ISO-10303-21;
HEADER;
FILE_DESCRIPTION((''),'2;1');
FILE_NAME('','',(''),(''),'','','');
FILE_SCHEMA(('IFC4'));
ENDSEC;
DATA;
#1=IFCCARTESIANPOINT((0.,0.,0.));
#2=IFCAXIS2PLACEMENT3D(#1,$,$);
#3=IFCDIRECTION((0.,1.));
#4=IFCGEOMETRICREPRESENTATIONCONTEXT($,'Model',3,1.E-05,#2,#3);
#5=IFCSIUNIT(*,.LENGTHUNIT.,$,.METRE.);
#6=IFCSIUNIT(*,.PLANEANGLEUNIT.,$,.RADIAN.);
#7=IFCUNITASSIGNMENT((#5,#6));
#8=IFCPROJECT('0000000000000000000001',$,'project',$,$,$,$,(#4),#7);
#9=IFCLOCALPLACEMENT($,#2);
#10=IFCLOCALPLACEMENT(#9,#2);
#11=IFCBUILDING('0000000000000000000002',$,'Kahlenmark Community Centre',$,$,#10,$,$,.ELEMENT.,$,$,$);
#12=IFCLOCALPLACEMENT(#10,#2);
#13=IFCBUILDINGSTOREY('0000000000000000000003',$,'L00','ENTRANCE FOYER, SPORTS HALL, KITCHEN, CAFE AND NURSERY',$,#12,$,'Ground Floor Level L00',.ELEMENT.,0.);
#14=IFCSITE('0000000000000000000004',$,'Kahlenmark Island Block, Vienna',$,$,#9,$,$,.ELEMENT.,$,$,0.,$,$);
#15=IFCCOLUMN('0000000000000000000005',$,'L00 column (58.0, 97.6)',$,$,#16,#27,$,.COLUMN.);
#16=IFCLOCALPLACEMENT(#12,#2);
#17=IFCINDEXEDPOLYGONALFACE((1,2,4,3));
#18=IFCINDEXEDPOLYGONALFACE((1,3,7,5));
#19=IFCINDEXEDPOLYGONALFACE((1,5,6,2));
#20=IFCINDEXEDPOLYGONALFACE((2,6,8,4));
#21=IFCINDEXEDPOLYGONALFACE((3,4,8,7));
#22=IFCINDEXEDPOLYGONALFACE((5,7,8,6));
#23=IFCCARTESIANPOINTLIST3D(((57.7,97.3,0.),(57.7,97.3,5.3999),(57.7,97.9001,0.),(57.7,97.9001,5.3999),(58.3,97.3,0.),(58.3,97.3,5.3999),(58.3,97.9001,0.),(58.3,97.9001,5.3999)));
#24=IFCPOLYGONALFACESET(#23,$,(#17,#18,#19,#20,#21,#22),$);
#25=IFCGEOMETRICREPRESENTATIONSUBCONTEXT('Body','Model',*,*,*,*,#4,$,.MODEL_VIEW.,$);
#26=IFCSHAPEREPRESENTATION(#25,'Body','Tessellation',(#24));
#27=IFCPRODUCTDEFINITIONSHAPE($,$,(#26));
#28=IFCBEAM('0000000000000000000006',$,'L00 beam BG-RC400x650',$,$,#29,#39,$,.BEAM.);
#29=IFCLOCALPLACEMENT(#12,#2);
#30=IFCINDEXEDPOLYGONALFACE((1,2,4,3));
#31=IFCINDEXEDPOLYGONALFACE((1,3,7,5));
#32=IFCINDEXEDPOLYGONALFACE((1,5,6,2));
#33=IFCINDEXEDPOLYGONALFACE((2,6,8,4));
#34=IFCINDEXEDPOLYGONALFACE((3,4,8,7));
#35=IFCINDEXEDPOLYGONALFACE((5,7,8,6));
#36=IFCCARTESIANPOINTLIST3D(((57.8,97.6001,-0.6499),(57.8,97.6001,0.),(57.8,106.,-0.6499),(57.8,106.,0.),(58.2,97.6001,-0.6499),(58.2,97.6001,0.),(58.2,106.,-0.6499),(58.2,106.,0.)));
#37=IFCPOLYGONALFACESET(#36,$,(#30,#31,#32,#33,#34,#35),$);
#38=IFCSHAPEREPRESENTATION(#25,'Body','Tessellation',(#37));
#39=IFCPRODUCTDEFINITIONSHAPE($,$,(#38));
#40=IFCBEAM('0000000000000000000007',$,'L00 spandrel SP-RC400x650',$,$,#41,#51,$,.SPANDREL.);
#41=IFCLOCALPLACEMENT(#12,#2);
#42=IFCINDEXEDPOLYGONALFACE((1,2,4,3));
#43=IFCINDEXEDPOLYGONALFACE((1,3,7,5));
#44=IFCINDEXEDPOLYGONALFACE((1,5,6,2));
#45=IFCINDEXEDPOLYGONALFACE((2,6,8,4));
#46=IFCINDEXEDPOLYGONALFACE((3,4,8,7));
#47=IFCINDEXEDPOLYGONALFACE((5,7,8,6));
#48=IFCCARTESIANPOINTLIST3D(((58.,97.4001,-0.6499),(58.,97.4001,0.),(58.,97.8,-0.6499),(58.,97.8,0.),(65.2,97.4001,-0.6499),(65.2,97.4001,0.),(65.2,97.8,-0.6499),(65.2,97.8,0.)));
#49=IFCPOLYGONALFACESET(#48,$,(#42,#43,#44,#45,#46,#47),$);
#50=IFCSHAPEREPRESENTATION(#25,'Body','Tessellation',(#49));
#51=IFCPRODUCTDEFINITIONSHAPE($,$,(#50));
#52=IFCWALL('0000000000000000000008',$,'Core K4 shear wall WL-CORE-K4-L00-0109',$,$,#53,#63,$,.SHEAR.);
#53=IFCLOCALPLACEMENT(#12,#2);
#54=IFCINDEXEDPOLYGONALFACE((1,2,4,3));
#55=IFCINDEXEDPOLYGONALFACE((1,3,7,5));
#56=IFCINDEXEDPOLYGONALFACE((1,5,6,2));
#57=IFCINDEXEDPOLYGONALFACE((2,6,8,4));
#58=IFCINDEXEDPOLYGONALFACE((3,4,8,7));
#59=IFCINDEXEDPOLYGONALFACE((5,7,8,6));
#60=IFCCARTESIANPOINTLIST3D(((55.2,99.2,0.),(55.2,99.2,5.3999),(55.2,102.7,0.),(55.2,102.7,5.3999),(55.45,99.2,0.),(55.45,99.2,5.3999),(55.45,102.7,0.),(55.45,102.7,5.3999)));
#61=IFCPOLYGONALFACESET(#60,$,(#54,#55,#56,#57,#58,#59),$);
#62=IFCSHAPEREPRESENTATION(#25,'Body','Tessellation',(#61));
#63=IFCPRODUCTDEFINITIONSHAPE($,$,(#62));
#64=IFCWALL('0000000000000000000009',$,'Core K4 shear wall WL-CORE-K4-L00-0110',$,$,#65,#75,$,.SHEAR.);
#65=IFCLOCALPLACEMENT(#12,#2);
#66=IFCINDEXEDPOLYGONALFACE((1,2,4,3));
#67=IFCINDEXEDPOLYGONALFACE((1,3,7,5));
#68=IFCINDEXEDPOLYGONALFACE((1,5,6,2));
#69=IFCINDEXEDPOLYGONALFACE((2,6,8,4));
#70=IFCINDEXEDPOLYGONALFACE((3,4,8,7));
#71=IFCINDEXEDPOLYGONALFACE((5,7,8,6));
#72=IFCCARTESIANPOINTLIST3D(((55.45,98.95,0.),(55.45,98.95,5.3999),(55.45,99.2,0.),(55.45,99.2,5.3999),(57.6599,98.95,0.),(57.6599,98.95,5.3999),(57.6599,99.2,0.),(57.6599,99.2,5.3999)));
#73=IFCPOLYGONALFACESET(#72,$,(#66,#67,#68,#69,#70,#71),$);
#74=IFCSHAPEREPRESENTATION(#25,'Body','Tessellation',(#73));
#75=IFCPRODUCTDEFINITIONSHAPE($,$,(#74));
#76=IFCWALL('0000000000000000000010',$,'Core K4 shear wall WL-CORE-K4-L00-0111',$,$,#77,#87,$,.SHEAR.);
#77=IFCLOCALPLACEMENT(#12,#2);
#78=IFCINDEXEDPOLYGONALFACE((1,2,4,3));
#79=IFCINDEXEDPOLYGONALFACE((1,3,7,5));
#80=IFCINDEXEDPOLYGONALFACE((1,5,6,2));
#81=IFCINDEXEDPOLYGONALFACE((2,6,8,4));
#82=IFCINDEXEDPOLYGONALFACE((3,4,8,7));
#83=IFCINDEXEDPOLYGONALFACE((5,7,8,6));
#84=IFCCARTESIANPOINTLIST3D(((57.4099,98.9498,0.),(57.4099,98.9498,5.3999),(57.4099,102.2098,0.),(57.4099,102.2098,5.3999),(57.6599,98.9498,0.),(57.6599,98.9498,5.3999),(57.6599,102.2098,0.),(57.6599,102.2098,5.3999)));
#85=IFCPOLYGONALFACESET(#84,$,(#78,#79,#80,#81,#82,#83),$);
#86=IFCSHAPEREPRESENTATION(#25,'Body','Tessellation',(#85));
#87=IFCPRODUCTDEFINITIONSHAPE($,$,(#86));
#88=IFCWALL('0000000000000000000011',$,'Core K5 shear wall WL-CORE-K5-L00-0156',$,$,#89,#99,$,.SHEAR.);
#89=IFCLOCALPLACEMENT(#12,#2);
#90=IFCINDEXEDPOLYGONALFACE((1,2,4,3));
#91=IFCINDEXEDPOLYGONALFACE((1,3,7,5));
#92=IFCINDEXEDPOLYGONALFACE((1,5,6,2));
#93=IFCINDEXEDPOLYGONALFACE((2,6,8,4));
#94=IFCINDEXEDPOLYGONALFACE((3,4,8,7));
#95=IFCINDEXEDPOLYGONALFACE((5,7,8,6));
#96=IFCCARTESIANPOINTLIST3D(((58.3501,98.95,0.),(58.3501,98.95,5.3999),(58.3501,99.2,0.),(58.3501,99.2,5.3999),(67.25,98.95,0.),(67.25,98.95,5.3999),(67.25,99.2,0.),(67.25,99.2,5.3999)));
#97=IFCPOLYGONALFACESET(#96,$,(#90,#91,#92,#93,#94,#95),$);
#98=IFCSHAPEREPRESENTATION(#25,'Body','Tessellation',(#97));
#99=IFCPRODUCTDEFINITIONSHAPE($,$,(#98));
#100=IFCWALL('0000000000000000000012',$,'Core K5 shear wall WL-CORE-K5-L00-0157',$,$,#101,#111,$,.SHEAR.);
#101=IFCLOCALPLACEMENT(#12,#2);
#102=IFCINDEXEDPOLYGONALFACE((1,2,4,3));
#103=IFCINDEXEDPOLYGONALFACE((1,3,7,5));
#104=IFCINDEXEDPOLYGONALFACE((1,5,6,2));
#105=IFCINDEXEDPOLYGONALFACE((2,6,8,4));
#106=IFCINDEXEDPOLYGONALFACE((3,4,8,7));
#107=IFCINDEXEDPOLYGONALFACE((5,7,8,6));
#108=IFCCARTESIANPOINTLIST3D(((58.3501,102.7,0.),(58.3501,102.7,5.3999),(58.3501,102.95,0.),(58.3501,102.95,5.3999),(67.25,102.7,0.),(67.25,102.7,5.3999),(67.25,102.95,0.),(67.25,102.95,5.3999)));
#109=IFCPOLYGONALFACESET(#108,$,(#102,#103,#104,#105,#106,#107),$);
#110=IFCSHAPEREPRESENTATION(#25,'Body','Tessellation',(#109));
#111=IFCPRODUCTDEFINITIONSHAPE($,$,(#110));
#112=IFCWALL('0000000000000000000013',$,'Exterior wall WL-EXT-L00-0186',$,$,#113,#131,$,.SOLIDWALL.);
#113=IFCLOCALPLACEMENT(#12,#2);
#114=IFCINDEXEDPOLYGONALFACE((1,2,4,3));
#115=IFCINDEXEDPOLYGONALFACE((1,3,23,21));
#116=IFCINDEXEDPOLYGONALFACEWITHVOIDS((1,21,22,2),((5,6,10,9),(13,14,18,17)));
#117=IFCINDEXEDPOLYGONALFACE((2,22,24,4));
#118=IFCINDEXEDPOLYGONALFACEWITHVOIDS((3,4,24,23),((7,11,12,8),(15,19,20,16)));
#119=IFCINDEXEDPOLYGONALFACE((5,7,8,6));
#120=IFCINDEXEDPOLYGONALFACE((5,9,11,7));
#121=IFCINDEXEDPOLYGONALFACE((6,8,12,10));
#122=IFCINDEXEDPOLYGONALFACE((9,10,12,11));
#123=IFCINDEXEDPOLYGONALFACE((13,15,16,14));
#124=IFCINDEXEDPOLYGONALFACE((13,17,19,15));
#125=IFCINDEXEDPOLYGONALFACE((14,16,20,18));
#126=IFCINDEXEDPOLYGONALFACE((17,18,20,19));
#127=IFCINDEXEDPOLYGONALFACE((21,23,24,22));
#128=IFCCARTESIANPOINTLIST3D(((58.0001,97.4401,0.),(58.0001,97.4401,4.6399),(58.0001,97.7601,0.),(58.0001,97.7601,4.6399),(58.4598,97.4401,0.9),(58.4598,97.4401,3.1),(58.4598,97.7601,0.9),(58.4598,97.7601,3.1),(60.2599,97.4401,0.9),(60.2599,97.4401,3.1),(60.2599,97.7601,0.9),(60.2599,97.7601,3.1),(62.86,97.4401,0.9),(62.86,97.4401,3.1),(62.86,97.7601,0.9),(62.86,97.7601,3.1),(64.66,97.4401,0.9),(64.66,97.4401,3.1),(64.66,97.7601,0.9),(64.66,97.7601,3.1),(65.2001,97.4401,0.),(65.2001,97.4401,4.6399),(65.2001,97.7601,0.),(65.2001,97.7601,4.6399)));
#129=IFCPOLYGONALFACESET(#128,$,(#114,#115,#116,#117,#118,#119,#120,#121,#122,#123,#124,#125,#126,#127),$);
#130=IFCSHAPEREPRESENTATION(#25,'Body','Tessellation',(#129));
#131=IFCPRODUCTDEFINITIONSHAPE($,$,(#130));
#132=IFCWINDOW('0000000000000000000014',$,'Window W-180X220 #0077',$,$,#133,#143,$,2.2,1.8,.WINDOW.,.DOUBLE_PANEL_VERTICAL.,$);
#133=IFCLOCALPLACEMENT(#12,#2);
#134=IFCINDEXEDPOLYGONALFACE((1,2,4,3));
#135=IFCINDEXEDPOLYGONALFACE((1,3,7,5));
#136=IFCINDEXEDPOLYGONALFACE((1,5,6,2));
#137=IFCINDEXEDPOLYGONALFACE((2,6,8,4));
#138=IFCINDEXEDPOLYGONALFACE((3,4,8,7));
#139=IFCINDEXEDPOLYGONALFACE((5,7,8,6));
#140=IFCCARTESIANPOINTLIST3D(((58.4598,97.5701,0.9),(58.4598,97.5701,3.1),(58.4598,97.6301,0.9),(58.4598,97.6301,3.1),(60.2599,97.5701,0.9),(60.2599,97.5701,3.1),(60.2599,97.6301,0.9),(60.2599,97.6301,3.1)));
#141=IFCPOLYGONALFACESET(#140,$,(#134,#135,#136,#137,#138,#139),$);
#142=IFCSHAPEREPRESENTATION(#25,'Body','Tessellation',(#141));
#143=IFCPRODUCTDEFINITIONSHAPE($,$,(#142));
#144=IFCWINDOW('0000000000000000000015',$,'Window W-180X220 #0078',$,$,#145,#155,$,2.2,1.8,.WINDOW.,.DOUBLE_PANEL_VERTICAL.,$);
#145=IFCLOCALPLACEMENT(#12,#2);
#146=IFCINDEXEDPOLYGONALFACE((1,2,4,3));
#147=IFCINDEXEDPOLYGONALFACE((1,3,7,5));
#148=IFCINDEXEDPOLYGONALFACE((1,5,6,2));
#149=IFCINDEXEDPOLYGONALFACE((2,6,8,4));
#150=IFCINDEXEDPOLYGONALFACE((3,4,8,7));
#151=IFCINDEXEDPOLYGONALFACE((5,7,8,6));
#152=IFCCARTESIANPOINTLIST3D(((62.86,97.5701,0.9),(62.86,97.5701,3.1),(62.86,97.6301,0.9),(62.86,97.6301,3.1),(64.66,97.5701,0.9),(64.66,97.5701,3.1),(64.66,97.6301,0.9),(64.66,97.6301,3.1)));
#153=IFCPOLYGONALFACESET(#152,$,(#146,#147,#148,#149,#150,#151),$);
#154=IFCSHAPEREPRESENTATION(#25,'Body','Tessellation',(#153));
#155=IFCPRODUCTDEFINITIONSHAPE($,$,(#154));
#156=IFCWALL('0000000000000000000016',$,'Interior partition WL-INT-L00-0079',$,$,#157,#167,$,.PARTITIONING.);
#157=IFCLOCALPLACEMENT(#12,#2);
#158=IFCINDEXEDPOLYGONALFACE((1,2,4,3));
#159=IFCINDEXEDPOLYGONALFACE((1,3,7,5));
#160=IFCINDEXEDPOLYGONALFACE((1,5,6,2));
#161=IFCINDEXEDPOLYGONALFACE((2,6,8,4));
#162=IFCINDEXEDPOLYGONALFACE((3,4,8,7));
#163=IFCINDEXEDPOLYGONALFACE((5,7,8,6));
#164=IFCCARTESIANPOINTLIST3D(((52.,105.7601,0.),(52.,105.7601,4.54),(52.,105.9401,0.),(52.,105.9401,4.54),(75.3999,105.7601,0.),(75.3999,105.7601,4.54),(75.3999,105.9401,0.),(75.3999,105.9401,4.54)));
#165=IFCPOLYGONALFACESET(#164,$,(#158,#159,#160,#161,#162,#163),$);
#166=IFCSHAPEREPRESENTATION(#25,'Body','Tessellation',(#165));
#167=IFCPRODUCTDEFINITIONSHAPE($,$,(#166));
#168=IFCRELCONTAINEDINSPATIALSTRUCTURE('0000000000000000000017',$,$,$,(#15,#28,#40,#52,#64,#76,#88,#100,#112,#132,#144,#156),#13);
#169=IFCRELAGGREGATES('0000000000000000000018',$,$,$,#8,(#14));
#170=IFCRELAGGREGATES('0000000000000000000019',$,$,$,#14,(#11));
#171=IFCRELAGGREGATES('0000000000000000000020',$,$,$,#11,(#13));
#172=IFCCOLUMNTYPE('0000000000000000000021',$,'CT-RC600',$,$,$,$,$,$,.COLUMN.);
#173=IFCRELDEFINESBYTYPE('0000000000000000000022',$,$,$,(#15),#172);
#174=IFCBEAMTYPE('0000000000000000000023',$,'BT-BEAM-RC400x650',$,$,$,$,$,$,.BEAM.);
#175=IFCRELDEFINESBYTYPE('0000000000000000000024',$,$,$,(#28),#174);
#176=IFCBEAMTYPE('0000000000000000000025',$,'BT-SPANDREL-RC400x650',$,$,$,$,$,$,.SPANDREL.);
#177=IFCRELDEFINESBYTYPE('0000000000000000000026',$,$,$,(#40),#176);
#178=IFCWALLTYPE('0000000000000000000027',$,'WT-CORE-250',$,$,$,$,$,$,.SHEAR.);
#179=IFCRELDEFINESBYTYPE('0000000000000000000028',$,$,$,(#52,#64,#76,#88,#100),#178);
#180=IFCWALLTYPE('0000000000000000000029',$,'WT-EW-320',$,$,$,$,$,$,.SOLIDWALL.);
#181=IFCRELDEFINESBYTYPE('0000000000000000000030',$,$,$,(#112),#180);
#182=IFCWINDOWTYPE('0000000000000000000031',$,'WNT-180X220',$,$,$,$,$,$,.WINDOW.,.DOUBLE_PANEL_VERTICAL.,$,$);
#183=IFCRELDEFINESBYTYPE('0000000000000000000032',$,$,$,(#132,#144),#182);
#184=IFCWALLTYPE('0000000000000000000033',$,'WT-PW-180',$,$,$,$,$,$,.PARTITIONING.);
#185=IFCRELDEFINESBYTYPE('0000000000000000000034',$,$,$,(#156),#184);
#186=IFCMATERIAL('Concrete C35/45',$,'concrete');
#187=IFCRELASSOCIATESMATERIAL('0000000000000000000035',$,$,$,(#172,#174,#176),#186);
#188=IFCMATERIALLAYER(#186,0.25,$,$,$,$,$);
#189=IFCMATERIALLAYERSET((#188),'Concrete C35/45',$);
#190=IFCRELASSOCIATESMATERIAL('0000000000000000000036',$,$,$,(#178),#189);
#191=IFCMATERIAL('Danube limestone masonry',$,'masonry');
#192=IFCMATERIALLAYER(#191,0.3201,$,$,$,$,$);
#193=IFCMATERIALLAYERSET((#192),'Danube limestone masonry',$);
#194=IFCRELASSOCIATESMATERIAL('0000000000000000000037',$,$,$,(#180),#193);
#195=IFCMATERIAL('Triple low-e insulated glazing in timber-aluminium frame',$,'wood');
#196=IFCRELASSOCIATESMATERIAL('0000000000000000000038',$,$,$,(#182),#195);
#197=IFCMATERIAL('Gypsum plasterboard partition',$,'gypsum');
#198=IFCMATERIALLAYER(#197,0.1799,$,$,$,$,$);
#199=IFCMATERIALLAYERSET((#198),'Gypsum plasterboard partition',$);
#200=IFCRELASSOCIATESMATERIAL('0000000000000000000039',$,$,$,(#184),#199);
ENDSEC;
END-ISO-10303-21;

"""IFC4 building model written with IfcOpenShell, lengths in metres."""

from ifc_helpers import new_model, si_unit, direction, frame, frame_2d, origin, origin_2d, place, context, subcontext, project, spatial, rectangle, extrude, material, layer, layer_set, material_profile, profile_set, type_object, element, fill, save


model = new_model("IFC4")

# Units and contexts
model_context = context("Model", 3, precision=1e-05, world=origin(), true_north=direction((0.0, 1.0)))
body_context = subcontext(model_context, "Body", "Model", "MODEL_VIEW")
ifc_project = project(units=[si_unit("LENGTHUNIT", "METRE"), si_unit("PLANEANGLEUNIT", "RADIAN")], contexts=[model_context])

# Site, building, storey
site_placement = place(None, origin())
site = spatial("IfcSite", under=ifc_project, at=site_placement, Name="Kahlenmark Island Block, Vienna", CompositionType="ELEMENT", RefElevation=0.0)
building_placement = place(site_placement, origin())
building = spatial("IfcBuilding", under=site, at=building_placement, Name="Kahlenmark Community Centre", CompositionType="ELEMENT")
storey_placement = place(building_placement, origin())
storey = spatial("IfcBuildingStorey", under=building, at=storey_placement, Name="L00", Description="ENTRANCE FOYER, SPORTS HALL, KITCHEN, CAFE AND NURSERY", LongName="Ground Floor Level L00", CompositionType="ELEMENT", Elevation=0.0)

# Column
ifc_material_1 = material(Name="Concrete C35/45", Category="concrete")
ifc_material_profile_1 = material_profile(ifc_material_1, rectangle(XDim=0.6001, YDim=0.6001, at=origin_2d()), Name="RC 600x600")
ifc_profile_set_1 = profile_set([ifc_material_profile_1], Name="Concrete C35/45")
column_type = type_object("IfcColumnType", Name="CT-RC600", PredefinedType="COLUMN", material=ifc_profile_set_1)
column_placement = place(storey_placement, frame((58.0, 97.6001, 0.0), z_axis=(0.0, 0.0, 1.0), x_axis=(1.0, 0.0, 0.0)))
element("IfcColumn", 1, at=column_placement, inside=storey, type_object=column_type, Name="L00 column (58.0, 97.6)", PredefinedType="COLUMN", context=body_context, shape_type="SweptSolid", body=[
    extrude(rectangle(XDim=0.6001, YDim=0.6001, at=origin_2d()), origin(), (0.0, 0.0, 1.0), 5.3999),
])

# Beams
ifc_material_profile_2 = material_profile(ifc_material_1, rectangle(XDim=0.3999, YDim=0.6499, at=origin_2d()), Name="RC 400x650")
ifc_profile_set_2 = profile_set([ifc_material_profile_2], Name="Concrete C35/45")
beam_type_1 = type_object("IfcBeamType", Name="BT-BEAM-RC400x650", PredefinedType="BEAM", material=ifc_profile_set_2)
beam_1_placement = place(storey_placement, frame((58.0, 97.6001, -0.325), z_axis=(0.0, 1.0, 0.0), x_axis=(-1.0, 0.0, 0.0)))
element("IfcBeam", 2, at=beam_1_placement, inside=storey, type_object=beam_type_1, Name="L00 beam BG-RC400x650", PredefinedType="BEAM", context=body_context, shape_type="SweptSolid", body=[
    extrude(rectangle(XDim=0.3999, YDim=0.6499, at=origin_2d()), origin(), (0.0, 0.0, 1.0), 8.3999),
])
ifc_material_profile_3 = material_profile(ifc_material_1, rectangle(XDim=0.3999, YDim=0.6499, at=origin_2d()), Name="RC 400x650")
ifc_profile_set_3 = profile_set([ifc_material_profile_3], Name="Concrete C35/45")
beam_type_2 = type_object("IfcBeamType", Name="BT-SPANDREL-RC400x650", PredefinedType="SPANDREL", material=ifc_profile_set_3)
beam_2_placement = place(storey_placement, frame((58.0, 97.6001, -0.325), z_axis=(1.0, 0.0, 0.0), x_axis=(0.0, 1.0, 0.0)))
element("IfcBeam", 3, at=beam_2_placement, inside=storey, type_object=beam_type_2, Name="L00 spandrel SP-RC400x650", PredefinedType="SPANDREL", context=body_context, shape_type="SweptSolid", body=[
    extrude(rectangle(XDim=0.3999, YDim=0.6499, at=origin_2d()), origin(), (0.0, 0.0, 1.0), 7.2),
])

# Walls
ifc_layer_1 = layer(ifc_material_1, 0.25)
ifc_layer_set_1 = layer_set([ifc_layer_1], Name="Concrete C35/45")
wall_type_1 = type_object("IfcWallType", Name="WT-CORE-250", PredefinedType="SHEAR", material=ifc_layer_set_1)
wall_1_placement = place(storey_placement, frame((55.325, 99.2, 0.0), z_axis=(0.0, 0.0, 1.0), x_axis=(0.0, 1.0, 0.0)))
element("IfcWall", 4, at=wall_1_placement, inside=storey, type_object=wall_type_1, Name="Core K4 shear wall WL-CORE-K4-L00-0109", PredefinedType="SHEAR", context=body_context, shape_type="SweptSolid", body=[
    extrude(rectangle(XDim=3.5, YDim=0.25, at=frame_2d((1.75, 0.0))), origin(), (0.0, 0.0, 1.0), 5.3999),
])
wall_2_placement = place(storey_placement, frame((55.45, 99.075, 0.0), z_axis=(0.0, 0.0, 1.0), x_axis=(1.0, 0.0, 0.0)))
element("IfcWall", 5, at=wall_2_placement, inside=storey, type_object=wall_type_1, Name="Core K4 shear wall WL-CORE-K4-L00-0110", PredefinedType="SHEAR", context=body_context, shape_type="SweptSolid", body=[
    extrude(rectangle(XDim=2.21, YDim=0.25, at=frame_2d((1.105, 0.0))), origin(), (0.0, 0.0, 1.0), 5.3999),
])
wall_3_placement = place(storey_placement, frame((57.5349, 98.95, 0.0), z_axis=(0.0, 0.0, 1.0), x_axis=(0.0, 1.0, 0.0)))
element("IfcWall", 6, at=wall_3_placement, inside=storey, type_object=wall_type_1, Name="Core K4 shear wall WL-CORE-K4-L00-0111", PredefinedType="SHEAR", context=body_context, shape_type="SweptSolid", body=[
    extrude(rectangle(XDim=3.26, YDim=0.25, at=frame_2d((1.6299, 0.0))), origin(), (0.0, 0.0, 1.0), 5.3999),
])

# Walls
for number, where, z_axis, x_axis, name in (
    (7, (58.3501, 99.075, 0.0), (0.0, 0.0, 1.0), (1.0, 0.0, 0.0), "Core K5 shear wall WL-CORE-K5-L00-0156"),
    (8, (58.3501, 102.825, 0.0), (0.0, 0.0, 1.0), (1.0, 0.0, 0.0), "Core K5 shear wall WL-CORE-K5-L00-0157"),
):
    element("IfcWall", number, at=place(storey_placement, frame(where, z_axis=z_axis, x_axis=x_axis)), inside=storey, type_object=wall_type_1, Name=name, PredefinedType="SHEAR", context=body_context, shape_type="SweptSolid", body=[
        extrude(rectangle(XDim=8.8999, YDim=0.25, at=frame_2d((4.45, 0.0))), origin(), (0.0, 0.0, 1.0), 5.3999),
    ])

# Wall, openings, windows
ifc_material_2 = material(Name="Danube limestone masonry", Category="masonry")
ifc_layer_2 = layer(ifc_material_2, 0.3201)
ifc_layer_set_2 = layer_set([ifc_layer_2], Name="Danube limestone masonry")
wall_type_2 = type_object("IfcWallType", Name="WT-EW-320", PredefinedType="SOLIDWALL", material=ifc_layer_set_2)
wall_4_placement = place(storey_placement, frame((58.0, 97.6001, 0.0), z_axis=(0.0, 0.0, 1.0), x_axis=(1.0, 0.0, 0.0)))
wall_4 = element("IfcWall", 9, at=wall_4_placement, inside=storey, type_object=wall_type_2, Name="Exterior wall WL-EXT-L00-0186", PredefinedType="SOLIDWALL", context=body_context, shape_type="SweptSolid", body=[
    extrude(rectangle(XDim=7.2, YDim=0.3201, at=frame_2d((3.6001, 0.0))), origin(), (0.0, 0.0, 1.0), 4.6399),
])
opening_1_placement = place(wall_4_placement, frame((0.46, 0.0, 0.8999)))
opening_1 = element("IfcOpeningElement", 10, at=opening_1_placement, cuts=wall_4, PredefinedType="OPENING", context=body_context, shape_type="SweptSolid", body=[
    extrude(rectangle(XDim=1.8, YDim=2.2, at=frame_2d((0.8999, 1.1001))), frame((0.0, 0.1699, 0.0), z_axis=(0.0, -1.0, 0.0), x_axis=(1.0, 0.0, 0.0)), (0.0, 0.0, 1.0), 0.3401),
])
opening_2_placement = place(wall_4_placement, frame((4.8601, 0.0, 0.8999)))
opening_2 = element("IfcOpeningElement", 11, at=opening_2_placement, cuts=wall_4, PredefinedType="OPENING", context=body_context, shape_type="SweptSolid", body=[
    extrude(rectangle(XDim=1.8, YDim=2.2, at=frame_2d((0.8999, 1.1001))), frame((0.0, 0.1699, 0.0), z_axis=(0.0, -1.0, 0.0), x_axis=(1.0, 0.0, 0.0)), (0.0, 0.0, 1.0), 0.3401),
])
ifc_material_3 = material(Name="Triple low-e insulated glazing in timber-aluminium frame", Category="wood")
window_type = type_object("IfcWindowType", Name="WNT-180X220", PartitioningType="DOUBLE_PANEL_VERTICAL", PredefinedType="WINDOW", material=ifc_material_3)
window_1_placement = place(opening_1_placement, origin())
window_1 = element("IfcWindow", 12, at=window_1_placement, inside=storey, type_object=window_type, Name="Window W-180X220 #0077", OverallHeight=2.2, OverallWidth=1.8, PartitioningType="DOUBLE_PANEL_VERTICAL", PredefinedType="WINDOW", context=body_context, shape_type="SweptSolid", body=[
    extrude(rectangle(XDim=1.8, YDim=2.2, at=frame_2d((0.8999, 1.1001))), frame((0.0, 0.03, 0.0), z_axis=(0.0, -1.0, 0.0), x_axis=(1.0, 0.0, 0.0)), (0.0, 0.0, 1.0), 0.0601),
])
fill(opening_1, window_1)
window_2_placement = place(opening_2_placement, origin())
window_2 = element("IfcWindow", 13, at=window_2_placement, inside=storey, type_object=window_type, Name="Window W-180X220 #0078", OverallHeight=2.2, OverallWidth=1.8, PartitioningType="DOUBLE_PANEL_VERTICAL", PredefinedType="WINDOW", context=body_context, shape_type="SweptSolid", body=[
    extrude(rectangle(XDim=1.8, YDim=2.2, at=frame_2d((0.8999, 1.1001))), frame((0.0, 0.03, 0.0), z_axis=(0.0, -1.0, 0.0), x_axis=(1.0, 0.0, 0.0)), (0.0, 0.0, 1.0), 0.0601),
])
fill(opening_2, window_2)

# Wall
ifc_material_4 = material(Name="Gypsum plasterboard partition", Category="gypsum")
ifc_layer_3 = layer(ifc_material_4, 0.1799)
ifc_layer_set_3 = layer_set([ifc_layer_3], Name="Gypsum plasterboard partition")
wall_type_3 = type_object("IfcWallType", Name="WT-PW-180", PredefinedType="PARTITIONING", material=ifc_layer_set_3)
wall_5_placement = place(storey_placement, frame((52.0, 105.8501, 0.0), z_axis=(0.0, 0.0, 1.0), x_axis=(1.0, 0.0, 0.0)))
element("IfcWall", 14, at=wall_5_placement, inside=storey, type_object=wall_type_3, Name="Interior partition WL-INT-L00-0079", PredefinedType="PARTITIONING", context=body_context, shape_type="SweptSolid", body=[
    extrude(rectangle(XDim=23.3999, YDim=0.1799, at=frame_2d((11.7, 0.0))), origin(), (0.0, 0.0, 1.0), 4.54),
])

save(model, "model.ifc")
